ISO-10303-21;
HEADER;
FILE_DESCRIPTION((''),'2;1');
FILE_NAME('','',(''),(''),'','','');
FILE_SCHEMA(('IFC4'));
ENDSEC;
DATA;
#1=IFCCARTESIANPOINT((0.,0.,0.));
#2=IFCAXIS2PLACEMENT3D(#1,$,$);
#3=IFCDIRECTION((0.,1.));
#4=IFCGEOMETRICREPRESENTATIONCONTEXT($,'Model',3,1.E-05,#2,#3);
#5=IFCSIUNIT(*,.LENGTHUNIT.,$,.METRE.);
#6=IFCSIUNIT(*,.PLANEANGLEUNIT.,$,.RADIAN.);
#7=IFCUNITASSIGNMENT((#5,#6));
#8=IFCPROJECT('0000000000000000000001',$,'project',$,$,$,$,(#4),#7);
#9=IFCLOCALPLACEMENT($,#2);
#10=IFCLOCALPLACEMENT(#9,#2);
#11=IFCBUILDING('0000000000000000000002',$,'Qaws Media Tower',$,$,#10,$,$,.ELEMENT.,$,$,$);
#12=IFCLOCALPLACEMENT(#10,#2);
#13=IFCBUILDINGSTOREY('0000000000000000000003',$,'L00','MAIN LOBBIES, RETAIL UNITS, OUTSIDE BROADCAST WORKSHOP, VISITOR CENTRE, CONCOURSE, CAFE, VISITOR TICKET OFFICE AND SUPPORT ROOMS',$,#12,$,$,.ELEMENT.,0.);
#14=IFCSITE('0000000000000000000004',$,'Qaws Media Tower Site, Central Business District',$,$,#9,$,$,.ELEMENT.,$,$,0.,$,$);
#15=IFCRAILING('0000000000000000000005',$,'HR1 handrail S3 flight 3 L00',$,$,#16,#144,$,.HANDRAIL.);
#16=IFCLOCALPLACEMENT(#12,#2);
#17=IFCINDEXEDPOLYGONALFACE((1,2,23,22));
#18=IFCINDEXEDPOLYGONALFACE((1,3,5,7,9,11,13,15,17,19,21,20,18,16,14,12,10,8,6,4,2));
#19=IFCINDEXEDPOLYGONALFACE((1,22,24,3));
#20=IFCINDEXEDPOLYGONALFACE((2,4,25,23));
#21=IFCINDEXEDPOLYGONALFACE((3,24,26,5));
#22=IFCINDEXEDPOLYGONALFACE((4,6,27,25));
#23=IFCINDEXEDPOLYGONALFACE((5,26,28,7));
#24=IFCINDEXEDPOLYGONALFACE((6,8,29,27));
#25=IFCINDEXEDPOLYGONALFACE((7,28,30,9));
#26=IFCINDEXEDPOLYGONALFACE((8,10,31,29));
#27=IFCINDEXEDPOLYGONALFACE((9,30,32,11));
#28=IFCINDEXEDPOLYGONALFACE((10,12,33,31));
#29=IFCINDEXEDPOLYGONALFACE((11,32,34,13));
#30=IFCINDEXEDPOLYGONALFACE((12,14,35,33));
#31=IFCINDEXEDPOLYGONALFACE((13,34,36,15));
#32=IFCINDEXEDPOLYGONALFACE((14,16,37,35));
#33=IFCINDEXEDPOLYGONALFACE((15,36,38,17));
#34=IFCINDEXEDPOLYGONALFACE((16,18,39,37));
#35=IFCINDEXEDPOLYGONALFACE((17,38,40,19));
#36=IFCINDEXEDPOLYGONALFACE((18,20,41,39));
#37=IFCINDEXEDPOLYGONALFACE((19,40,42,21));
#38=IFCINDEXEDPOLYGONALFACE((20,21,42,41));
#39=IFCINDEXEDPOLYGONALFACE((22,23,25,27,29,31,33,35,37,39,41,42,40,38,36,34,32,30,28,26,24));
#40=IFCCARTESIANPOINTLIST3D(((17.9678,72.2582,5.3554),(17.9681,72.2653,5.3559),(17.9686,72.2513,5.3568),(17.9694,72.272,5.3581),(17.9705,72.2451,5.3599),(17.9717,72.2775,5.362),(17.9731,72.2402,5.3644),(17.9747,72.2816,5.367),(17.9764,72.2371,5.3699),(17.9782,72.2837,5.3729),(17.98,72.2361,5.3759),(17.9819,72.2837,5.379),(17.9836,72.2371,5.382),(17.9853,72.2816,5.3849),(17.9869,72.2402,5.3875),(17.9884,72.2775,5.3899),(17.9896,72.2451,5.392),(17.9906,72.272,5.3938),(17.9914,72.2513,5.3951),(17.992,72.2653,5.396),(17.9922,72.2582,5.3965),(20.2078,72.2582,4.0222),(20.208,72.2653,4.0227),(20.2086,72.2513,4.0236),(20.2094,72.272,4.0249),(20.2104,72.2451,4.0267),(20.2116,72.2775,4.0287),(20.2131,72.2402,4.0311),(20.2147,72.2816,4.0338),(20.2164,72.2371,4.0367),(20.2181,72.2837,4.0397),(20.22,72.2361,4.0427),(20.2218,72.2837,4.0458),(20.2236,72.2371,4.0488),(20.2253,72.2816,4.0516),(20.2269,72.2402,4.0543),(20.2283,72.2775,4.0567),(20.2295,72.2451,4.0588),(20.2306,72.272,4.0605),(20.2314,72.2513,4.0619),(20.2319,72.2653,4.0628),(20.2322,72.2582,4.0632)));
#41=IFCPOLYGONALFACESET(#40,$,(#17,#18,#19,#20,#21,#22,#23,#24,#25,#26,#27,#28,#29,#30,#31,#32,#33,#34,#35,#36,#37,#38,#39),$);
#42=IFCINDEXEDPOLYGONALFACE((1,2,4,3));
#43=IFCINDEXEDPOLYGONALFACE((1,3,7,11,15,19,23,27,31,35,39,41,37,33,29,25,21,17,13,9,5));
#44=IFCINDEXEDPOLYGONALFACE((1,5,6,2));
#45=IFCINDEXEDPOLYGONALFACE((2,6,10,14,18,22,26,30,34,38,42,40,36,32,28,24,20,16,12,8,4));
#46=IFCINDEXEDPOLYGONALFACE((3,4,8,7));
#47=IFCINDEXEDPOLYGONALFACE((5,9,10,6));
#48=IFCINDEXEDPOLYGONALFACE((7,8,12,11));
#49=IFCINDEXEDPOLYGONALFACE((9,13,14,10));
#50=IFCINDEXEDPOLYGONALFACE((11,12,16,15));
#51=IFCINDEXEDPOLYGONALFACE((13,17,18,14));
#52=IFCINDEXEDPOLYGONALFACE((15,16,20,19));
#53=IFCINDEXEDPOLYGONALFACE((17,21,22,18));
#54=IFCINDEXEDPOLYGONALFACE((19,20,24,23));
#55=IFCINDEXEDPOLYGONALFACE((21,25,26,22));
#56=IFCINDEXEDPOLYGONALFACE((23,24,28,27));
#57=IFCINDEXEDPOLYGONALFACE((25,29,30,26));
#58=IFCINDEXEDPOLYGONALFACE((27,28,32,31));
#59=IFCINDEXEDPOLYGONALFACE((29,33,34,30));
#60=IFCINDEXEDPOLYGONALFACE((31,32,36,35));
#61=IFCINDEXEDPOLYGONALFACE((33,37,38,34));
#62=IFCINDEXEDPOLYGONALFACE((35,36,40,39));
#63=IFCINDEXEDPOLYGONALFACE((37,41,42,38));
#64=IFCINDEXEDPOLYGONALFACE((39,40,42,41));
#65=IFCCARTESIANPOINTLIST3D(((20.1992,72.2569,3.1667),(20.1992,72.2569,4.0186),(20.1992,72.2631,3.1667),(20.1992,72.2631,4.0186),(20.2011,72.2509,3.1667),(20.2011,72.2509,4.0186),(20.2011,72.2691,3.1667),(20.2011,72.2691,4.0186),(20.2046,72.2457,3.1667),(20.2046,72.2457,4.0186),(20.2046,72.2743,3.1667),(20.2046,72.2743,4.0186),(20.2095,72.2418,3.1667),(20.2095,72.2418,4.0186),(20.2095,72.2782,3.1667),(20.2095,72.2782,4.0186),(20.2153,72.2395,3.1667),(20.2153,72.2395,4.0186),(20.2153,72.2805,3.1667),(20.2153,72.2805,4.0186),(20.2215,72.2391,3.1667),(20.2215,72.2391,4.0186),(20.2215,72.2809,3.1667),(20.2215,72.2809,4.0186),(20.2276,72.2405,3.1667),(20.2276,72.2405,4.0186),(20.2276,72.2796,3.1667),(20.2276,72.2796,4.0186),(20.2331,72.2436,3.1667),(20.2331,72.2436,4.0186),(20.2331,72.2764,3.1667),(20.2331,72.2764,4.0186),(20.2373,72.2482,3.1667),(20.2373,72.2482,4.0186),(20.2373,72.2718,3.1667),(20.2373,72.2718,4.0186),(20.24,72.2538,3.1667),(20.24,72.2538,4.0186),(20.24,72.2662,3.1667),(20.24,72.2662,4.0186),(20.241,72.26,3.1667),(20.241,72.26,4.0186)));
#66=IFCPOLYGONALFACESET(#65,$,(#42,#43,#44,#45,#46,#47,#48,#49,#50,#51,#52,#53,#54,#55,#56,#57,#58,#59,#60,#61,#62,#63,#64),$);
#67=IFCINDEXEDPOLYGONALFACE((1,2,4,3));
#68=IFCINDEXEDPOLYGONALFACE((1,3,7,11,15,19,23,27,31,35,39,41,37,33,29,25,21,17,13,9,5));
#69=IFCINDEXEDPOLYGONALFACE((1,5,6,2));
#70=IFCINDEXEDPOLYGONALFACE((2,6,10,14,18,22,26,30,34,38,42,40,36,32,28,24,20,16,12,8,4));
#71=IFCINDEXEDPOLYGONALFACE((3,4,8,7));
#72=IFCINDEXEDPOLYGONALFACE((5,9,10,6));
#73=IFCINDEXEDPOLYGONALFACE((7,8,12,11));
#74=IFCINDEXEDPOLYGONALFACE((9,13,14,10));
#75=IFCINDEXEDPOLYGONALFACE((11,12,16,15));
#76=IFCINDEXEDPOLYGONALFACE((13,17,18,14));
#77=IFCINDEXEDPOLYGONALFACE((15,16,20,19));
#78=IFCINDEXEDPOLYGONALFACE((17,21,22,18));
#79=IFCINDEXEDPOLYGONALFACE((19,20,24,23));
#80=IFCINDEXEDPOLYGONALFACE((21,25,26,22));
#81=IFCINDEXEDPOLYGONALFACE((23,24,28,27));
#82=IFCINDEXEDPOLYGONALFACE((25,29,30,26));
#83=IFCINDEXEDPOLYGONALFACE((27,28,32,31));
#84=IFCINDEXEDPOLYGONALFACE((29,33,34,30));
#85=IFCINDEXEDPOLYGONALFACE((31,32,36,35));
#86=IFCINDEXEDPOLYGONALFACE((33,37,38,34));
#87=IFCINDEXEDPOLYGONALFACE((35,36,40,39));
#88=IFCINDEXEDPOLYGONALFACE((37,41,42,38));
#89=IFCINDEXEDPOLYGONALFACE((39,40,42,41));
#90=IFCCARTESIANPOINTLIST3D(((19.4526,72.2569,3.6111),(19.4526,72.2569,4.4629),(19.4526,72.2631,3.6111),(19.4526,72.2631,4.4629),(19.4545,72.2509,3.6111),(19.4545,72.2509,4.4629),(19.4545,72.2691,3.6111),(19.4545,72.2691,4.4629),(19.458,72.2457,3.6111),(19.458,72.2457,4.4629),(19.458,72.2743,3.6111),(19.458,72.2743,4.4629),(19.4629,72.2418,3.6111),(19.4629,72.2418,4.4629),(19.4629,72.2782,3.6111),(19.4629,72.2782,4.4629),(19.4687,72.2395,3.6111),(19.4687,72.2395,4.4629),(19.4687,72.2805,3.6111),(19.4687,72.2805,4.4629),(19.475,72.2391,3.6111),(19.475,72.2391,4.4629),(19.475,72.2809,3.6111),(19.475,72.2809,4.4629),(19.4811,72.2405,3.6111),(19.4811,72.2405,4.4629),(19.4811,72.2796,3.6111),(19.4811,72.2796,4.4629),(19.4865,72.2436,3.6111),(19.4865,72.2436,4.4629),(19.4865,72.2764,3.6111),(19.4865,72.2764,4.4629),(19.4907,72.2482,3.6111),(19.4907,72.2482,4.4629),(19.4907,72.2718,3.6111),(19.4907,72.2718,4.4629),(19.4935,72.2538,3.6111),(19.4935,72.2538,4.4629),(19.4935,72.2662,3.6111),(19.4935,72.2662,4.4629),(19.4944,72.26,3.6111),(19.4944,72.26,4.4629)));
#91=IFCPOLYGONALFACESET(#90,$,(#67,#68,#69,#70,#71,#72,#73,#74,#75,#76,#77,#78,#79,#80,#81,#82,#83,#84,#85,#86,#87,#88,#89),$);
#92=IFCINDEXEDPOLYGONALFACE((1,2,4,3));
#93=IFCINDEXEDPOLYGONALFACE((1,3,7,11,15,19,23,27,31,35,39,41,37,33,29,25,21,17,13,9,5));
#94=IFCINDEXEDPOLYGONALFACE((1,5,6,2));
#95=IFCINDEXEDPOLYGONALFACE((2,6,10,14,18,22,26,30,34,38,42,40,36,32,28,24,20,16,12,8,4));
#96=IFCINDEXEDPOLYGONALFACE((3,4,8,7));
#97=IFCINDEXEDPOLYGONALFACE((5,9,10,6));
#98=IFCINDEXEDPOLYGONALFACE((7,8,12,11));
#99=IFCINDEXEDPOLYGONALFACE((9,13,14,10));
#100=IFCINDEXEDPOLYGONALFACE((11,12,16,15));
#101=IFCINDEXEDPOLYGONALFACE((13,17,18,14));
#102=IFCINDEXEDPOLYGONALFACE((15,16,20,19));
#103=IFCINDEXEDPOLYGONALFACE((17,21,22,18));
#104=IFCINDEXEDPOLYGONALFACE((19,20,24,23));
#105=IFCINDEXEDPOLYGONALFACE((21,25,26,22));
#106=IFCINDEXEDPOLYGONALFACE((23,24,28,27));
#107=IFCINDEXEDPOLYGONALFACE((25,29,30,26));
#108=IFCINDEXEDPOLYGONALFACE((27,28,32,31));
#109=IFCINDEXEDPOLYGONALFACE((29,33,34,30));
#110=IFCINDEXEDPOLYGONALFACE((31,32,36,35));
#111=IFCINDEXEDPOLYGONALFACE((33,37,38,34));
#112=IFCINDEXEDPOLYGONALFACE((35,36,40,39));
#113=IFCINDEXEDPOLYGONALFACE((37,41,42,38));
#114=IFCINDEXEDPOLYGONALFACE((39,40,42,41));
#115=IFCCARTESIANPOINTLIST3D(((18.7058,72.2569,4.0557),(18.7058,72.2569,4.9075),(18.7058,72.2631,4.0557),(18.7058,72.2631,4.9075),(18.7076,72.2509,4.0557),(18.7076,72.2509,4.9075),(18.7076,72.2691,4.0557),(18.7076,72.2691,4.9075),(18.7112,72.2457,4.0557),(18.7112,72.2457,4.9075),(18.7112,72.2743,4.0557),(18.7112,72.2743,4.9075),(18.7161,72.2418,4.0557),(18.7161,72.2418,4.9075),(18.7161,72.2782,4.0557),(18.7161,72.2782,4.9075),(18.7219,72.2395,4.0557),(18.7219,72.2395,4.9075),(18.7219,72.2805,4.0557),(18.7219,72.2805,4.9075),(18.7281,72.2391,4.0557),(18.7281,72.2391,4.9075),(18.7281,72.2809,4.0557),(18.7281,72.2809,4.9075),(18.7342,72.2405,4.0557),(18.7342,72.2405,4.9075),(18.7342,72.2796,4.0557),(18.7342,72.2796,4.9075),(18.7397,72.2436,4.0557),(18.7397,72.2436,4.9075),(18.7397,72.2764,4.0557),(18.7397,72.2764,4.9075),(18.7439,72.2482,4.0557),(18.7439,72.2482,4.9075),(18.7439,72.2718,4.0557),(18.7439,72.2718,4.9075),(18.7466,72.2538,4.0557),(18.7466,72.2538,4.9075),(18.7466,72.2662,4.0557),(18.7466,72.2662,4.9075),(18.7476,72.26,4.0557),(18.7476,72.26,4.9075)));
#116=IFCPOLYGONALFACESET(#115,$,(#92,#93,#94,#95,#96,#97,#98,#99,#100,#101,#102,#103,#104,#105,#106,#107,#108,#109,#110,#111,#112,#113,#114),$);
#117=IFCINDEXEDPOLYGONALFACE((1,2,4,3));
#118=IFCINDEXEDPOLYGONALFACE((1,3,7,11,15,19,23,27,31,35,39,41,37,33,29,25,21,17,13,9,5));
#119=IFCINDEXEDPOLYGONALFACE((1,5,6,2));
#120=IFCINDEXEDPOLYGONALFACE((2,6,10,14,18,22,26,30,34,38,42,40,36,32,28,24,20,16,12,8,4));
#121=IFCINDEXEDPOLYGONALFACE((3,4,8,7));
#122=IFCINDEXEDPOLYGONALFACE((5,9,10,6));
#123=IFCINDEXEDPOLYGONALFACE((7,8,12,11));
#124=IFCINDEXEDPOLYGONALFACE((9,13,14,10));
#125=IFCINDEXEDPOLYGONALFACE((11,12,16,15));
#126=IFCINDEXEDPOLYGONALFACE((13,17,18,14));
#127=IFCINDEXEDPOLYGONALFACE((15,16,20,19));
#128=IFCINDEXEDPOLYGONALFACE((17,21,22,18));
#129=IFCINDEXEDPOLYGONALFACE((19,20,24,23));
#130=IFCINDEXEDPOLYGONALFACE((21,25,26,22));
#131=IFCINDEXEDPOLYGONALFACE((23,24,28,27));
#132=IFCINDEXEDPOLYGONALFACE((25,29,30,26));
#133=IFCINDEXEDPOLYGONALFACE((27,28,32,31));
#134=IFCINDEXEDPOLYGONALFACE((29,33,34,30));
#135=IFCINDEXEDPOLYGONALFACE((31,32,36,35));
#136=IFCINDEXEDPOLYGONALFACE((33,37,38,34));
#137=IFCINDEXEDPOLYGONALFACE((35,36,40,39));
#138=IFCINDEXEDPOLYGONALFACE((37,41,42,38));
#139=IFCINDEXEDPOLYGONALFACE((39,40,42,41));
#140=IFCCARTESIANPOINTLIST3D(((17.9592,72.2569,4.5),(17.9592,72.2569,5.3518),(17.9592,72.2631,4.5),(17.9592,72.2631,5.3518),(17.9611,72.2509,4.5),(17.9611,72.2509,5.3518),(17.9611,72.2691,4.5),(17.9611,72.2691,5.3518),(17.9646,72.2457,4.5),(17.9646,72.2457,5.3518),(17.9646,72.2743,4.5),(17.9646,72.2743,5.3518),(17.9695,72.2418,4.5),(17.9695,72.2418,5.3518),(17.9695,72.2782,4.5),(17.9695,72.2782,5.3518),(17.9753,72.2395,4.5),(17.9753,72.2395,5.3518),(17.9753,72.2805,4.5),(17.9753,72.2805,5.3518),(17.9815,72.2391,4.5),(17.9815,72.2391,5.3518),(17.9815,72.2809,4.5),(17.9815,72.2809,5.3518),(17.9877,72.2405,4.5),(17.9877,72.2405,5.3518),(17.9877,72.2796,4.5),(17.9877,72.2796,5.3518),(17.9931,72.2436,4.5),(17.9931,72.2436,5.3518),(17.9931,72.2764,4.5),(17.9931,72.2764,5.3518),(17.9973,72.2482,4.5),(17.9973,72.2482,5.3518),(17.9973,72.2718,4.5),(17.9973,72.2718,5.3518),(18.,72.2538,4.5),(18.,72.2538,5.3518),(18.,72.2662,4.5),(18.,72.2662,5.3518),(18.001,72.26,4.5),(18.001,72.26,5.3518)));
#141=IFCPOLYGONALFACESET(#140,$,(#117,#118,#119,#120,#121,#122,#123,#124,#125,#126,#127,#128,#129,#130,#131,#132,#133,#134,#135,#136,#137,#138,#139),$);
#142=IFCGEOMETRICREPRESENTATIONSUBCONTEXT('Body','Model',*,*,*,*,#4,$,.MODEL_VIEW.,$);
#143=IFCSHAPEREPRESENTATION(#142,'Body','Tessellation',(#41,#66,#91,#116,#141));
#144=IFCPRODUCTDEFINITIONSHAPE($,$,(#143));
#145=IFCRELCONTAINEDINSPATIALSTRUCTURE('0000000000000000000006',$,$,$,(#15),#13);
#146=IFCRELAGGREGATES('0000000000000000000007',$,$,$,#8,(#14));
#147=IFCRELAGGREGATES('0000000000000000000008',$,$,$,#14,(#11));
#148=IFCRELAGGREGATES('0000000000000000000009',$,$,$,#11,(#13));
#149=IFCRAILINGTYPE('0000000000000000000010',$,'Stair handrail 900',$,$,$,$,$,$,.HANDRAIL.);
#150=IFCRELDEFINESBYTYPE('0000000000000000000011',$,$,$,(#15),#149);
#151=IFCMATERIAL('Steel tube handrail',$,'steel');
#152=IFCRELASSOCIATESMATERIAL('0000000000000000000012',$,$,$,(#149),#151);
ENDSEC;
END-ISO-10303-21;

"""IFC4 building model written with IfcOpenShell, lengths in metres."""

from ifc_helpers import new_model, si_unit, direction, frame, origin, origin_2d, place, context, subcontext, project, spatial, circle, extrude, material, type_object, element, save


model = new_model("IFC4")

# Units and contexts
model_context = context("Model", 3, precision=1e-05, world=origin(), true_north=direction((0.0, 1.0)))
body_context = subcontext(model_context, "Body", "Model", "MODEL_VIEW")
ifc_project = project(units=[si_unit("LENGTHUNIT", "METRE"), si_unit("PLANEANGLEUNIT", "RADIAN")], contexts=[model_context])

# Site, building, storey
site_placement = place(None, origin())
site = spatial("IfcSite", under=ifc_project, at=site_placement, Name="Qaws Media Tower Site, Central Business District", CompositionType="ELEMENT", RefElevation=0.0)
building_placement = place(site_placement, origin())
building = spatial("IfcBuilding", under=site, at=building_placement, Name="Qaws Media Tower", CompositionType="ELEMENT")
storey_placement = place(building_placement, origin())
storey = spatial("IfcBuildingStorey", under=building, at=storey_placement, Name="L00", Description="MAIN LOBBIES, RETAIL UNITS, OUTSIDE BROADCAST WORKSHOP, VISITOR CENTRE, CONCOURSE, CAFE, VISITOR TICKET OFFICE AND SUPPORT ROOMS", CompositionType="ELEMENT", Elevation=0.0)

# Railing
ifc_material_1 = material(Name="Steel tube handrail", Category="steel")
railing_type = type_object("IfcRailingType", Name="Stair handrail 900", PredefinedType="HANDRAIL", material=ifc_material_1)
for number, where, name in (
    (1, (20.22, 72.26, 3.1667), "HR1 handrail S3 flight 3 L00"),
):
    element("IfcRailing", number, at=place(storey_placement, frame(where)), inside=storey, type_object=railing_type, Name=name, PredefinedType="HANDRAIL", context=body_context, shape_type="SweptSolid", body=[
        extrude(circle(Radius=0.0239, at=origin_2d()), frame((0.0, 0.0, 0.876), z_axis=(-0.859306, 0.0, 0.511462), x_axis=(0.0, -1.0, 0.0)), (0.0, 0.0, 1.0), 2.6067),
        extrude(circle(Radius=0.021, at=origin_2d()), origin(), (0.0, 0.0, 1.0), 0.8518),
        extrude(circle(Radius=0.021, at=origin_2d()), frame((-0.7466, 0.0, 0.4443)), (0.0, 0.0, 1.0), 0.8518),
        extrude(circle(Radius=0.021, at=origin_2d()), frame((-1.4934, 0.0, 0.8889)), (0.0, 0.0, 1.0), 0.8518),
        extrude(circle(Radius=0.021, at=origin_2d()), frame((-2.24, 0.0, 1.3333)), (0.0, 0.0, 1.0), 0.8518),
    ])

save(model, "model.ifc")
